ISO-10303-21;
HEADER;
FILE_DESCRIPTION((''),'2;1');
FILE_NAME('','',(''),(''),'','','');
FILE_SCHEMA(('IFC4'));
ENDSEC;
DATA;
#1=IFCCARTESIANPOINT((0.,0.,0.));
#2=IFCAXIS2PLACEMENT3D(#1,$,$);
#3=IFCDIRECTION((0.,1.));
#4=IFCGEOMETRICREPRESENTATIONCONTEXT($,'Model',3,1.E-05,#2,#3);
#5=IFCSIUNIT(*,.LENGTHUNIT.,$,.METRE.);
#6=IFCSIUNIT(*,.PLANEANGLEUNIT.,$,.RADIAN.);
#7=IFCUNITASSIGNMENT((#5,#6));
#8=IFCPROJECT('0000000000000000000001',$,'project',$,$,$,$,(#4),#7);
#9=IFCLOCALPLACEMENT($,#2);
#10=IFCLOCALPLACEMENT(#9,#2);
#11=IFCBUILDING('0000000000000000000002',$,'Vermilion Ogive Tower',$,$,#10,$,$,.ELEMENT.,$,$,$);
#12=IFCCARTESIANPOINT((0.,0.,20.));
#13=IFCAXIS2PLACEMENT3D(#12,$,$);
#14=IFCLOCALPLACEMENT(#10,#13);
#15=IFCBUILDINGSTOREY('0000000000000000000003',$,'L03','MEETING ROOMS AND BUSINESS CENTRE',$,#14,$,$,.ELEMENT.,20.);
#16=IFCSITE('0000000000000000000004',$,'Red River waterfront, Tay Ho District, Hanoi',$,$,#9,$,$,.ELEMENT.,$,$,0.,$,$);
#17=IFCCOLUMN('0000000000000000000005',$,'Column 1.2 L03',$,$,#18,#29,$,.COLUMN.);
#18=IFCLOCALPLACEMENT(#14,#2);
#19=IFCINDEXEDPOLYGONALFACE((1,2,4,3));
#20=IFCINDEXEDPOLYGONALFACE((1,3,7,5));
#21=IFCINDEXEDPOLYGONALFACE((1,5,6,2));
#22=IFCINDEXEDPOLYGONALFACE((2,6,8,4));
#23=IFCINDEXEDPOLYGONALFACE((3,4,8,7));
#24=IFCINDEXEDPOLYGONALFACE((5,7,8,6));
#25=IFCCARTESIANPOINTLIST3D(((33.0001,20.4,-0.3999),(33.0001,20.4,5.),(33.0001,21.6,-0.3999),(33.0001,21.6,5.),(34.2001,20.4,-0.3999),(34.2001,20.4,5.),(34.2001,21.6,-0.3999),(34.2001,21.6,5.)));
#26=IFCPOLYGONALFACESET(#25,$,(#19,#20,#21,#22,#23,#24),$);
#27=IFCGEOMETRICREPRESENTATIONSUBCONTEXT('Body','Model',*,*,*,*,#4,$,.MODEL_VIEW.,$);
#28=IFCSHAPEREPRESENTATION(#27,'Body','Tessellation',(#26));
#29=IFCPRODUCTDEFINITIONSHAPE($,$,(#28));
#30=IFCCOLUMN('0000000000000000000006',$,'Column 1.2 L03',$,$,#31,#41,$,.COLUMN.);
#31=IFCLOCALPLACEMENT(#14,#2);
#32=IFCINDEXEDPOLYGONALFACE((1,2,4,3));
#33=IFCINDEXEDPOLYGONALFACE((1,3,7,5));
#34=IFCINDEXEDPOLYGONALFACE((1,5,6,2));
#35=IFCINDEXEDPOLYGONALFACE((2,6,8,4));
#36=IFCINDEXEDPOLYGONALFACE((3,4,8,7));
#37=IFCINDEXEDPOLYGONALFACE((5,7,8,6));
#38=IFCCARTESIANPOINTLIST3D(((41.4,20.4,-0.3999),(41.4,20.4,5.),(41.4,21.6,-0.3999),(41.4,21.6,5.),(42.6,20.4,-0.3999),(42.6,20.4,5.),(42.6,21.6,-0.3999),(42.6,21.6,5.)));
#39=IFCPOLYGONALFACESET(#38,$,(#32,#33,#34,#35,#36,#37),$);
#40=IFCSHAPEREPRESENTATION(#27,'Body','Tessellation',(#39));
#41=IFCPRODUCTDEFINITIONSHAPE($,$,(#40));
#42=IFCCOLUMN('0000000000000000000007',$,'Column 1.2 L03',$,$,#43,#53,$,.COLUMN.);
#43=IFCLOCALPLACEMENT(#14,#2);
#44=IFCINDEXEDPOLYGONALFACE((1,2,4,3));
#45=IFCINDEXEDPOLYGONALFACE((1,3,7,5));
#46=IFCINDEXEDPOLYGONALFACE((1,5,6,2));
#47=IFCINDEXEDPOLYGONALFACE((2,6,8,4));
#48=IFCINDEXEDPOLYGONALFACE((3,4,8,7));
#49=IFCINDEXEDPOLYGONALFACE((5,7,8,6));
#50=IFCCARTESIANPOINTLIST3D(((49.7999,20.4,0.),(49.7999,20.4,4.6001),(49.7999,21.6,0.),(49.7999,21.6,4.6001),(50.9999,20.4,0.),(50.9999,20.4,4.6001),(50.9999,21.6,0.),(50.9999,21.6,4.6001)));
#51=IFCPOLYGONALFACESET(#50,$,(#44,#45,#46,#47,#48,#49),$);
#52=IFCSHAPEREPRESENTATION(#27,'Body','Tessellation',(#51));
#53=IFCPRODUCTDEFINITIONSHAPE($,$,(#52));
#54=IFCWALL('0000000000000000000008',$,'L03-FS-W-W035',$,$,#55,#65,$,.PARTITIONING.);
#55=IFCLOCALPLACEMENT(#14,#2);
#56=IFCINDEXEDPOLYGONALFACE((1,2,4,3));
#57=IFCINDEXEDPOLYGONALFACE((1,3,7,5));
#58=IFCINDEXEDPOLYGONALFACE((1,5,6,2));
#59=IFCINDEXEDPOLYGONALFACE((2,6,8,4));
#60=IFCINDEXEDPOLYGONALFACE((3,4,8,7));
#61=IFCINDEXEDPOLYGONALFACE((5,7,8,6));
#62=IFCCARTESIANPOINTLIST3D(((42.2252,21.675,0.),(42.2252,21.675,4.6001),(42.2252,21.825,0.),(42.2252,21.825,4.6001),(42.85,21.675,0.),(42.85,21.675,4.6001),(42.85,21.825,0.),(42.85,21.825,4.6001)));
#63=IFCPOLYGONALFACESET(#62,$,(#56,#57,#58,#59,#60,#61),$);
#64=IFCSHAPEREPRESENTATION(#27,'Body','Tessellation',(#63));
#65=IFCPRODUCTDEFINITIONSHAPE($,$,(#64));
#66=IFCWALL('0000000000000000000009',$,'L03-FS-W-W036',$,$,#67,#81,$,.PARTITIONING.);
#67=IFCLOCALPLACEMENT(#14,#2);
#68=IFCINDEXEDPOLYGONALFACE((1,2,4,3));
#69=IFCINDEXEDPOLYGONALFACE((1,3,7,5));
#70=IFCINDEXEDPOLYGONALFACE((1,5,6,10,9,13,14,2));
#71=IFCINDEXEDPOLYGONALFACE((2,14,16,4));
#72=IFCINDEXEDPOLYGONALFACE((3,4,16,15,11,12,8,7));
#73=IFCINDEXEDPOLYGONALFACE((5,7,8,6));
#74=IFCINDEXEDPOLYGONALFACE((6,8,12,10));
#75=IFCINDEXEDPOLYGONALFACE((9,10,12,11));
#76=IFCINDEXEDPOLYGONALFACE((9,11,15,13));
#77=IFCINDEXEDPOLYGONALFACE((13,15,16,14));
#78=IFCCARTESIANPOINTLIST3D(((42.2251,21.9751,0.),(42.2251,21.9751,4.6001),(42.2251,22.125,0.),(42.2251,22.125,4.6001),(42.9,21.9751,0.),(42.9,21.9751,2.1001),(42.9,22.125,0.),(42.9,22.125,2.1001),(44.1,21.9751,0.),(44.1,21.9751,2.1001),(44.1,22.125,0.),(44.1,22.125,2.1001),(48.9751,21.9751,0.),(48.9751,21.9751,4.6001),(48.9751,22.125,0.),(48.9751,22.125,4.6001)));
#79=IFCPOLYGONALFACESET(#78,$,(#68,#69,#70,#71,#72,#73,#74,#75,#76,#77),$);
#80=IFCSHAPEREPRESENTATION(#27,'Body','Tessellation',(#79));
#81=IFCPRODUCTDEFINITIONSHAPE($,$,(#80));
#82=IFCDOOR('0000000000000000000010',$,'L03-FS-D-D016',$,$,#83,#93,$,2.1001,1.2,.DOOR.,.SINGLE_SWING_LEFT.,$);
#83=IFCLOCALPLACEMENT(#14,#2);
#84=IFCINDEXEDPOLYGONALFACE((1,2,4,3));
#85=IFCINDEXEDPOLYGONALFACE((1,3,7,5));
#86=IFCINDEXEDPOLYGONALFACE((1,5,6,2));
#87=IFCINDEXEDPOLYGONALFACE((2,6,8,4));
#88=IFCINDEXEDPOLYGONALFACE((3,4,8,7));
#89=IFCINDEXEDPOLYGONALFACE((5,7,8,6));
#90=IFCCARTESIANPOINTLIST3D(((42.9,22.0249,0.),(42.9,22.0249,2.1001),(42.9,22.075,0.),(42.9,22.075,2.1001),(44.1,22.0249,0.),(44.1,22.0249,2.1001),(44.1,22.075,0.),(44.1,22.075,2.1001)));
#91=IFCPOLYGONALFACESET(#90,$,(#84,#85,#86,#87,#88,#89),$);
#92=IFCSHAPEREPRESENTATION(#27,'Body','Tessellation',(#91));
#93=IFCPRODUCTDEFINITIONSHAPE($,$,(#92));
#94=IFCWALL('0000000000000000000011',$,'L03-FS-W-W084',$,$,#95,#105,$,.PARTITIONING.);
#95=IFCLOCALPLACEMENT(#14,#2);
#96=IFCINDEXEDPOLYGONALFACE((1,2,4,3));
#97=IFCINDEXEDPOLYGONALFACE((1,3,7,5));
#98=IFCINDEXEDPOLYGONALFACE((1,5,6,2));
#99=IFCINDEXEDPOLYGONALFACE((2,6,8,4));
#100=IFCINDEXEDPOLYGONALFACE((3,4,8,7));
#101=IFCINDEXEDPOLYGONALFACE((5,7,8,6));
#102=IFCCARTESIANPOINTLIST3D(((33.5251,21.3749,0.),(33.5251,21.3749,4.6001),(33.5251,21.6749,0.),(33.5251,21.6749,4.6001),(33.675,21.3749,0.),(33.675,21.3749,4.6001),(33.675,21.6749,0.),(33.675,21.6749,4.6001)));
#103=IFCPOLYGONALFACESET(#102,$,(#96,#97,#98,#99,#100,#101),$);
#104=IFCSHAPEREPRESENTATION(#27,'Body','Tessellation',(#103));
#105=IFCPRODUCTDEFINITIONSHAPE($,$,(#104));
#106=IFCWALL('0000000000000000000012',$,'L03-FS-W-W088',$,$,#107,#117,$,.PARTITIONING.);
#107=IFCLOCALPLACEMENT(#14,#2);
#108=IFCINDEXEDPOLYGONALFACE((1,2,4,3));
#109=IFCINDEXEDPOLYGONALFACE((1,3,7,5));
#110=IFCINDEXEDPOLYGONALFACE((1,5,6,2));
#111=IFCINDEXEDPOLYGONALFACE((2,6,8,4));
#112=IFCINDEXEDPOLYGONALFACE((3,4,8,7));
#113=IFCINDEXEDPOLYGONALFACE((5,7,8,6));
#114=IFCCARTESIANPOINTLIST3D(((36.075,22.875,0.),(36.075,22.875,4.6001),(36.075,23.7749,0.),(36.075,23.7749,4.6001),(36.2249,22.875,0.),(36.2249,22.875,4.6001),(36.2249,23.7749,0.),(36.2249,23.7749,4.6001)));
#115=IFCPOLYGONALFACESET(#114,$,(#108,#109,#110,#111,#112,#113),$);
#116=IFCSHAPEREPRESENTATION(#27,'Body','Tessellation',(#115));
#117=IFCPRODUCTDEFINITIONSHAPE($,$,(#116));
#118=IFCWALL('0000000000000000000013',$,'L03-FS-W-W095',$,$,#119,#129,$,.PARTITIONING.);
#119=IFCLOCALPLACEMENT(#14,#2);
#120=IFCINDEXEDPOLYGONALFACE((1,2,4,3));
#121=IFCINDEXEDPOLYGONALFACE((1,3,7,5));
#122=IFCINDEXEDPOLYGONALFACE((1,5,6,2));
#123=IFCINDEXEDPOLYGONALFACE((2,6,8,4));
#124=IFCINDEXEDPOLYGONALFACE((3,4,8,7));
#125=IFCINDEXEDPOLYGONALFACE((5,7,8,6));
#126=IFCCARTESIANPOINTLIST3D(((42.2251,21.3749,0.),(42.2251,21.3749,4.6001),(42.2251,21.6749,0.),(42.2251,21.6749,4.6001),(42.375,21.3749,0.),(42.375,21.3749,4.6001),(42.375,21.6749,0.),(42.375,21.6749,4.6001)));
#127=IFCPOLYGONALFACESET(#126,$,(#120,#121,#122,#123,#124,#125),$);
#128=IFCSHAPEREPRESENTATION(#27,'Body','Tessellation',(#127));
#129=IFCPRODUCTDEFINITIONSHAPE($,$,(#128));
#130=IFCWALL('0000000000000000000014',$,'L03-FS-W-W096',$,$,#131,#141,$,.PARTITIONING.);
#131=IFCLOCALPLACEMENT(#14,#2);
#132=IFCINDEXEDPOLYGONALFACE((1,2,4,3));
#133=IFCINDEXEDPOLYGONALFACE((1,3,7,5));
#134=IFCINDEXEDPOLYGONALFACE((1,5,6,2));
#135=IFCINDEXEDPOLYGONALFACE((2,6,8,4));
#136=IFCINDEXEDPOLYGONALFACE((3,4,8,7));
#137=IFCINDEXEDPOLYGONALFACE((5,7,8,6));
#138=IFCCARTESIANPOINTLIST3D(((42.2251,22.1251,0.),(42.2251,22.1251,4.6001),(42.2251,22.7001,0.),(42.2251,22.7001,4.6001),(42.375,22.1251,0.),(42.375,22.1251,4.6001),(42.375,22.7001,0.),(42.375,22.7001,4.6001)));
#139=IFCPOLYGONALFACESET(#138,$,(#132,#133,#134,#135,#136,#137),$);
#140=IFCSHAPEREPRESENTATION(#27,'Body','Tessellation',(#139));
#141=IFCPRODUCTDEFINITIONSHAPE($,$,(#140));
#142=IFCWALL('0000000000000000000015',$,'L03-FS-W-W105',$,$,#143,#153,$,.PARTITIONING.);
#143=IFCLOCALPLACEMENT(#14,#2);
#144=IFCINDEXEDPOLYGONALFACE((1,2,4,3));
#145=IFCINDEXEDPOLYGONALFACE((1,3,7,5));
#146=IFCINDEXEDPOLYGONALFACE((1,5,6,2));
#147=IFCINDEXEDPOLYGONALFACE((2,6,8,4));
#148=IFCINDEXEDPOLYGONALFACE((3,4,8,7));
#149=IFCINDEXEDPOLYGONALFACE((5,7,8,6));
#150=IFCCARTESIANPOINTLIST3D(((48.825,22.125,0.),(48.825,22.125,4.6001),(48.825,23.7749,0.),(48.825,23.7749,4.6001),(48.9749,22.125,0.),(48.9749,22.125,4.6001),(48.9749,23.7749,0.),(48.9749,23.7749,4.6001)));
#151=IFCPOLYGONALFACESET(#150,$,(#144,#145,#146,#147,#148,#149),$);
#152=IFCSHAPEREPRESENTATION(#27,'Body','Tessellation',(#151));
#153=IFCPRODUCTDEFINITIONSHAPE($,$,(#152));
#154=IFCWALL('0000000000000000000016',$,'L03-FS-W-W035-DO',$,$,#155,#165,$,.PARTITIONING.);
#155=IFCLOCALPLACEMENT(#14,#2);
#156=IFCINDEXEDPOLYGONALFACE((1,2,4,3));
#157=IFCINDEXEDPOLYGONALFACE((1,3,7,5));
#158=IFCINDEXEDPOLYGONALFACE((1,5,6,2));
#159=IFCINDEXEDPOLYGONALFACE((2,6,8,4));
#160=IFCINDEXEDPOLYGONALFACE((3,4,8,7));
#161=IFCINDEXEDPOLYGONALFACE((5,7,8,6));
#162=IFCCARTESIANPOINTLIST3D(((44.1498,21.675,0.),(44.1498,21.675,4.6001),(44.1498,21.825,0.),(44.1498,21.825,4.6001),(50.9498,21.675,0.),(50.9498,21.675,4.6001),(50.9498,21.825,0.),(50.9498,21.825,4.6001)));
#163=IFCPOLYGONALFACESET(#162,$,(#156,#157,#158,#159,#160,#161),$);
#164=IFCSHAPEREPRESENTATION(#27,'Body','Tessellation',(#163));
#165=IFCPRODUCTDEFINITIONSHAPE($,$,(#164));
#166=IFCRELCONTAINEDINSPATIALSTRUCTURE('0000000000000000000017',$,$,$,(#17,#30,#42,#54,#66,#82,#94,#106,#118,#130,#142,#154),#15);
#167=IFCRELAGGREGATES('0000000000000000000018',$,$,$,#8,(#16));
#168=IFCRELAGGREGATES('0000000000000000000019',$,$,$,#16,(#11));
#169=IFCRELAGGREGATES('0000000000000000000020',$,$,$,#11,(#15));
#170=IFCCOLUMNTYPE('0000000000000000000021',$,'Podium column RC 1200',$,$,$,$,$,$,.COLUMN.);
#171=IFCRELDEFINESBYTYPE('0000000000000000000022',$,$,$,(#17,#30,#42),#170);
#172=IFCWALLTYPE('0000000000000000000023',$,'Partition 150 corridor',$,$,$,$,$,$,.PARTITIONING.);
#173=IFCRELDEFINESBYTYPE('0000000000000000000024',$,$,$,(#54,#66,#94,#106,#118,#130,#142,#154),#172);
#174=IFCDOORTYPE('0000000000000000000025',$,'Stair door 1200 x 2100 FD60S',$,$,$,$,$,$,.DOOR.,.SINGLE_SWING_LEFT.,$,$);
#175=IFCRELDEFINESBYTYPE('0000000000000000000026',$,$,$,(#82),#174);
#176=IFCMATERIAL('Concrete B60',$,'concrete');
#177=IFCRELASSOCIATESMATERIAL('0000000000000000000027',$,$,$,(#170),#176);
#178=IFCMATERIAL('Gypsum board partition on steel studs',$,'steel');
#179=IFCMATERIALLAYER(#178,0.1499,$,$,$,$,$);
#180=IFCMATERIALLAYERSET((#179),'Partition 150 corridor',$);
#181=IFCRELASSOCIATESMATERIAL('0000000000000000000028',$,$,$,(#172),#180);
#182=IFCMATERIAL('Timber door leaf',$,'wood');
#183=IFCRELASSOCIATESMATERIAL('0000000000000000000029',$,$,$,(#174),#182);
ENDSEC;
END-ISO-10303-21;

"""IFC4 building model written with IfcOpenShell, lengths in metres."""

from ifc_helpers import new_model, si_unit, direction, frame, frame_2d, origin, origin_2d, place, context, subcontext, project, spatial, rectangle, extrude, material, layer, layer_set, material_profile, profile_set, type_object, element, fill, save


model = new_model("IFC4")

# Units and contexts
model_context = context("Model", 3, precision=1e-05, world=origin(), true_north=direction((0.0, 1.0)))
body_context = subcontext(model_context, "Body", "Model", "MODEL_VIEW")
ifc_project = project(units=[si_unit("LENGTHUNIT", "METRE"), si_unit("PLANEANGLEUNIT", "RADIAN")], contexts=[model_context])

# Site, building, storey
site_placement = place(None, origin())
site = spatial("IfcSite", under=ifc_project, at=site_placement, Name="Red River waterfront, Tay Ho District, Hanoi", CompositionType="ELEMENT", RefElevation=0.0)
building_placement = place(site_placement, origin())
building = spatial("IfcBuilding", under=site, at=building_placement, Name="Vermilion Ogive Tower", CompositionType="ELEMENT")
storey_placement = place(building_placement, frame((0.0, 0.0, 20.0)))
storey = spatial("IfcBuildingStorey", under=building, at=storey_placement, Name="L03", Description="MEETING ROOMS AND BUSINESS CENTRE", CompositionType="ELEMENT", Elevation=20.0)

# Columns
ifc_material_1 = material(Name="Concrete B60", Category="concrete")
ifc_material_profile = material_profile(ifc_material_1, rectangle(XDim=1.2, YDim=1.2, at=origin_2d()), Name="RC 1200x1200")
ifc_profile_set = profile_set([ifc_material_profile], Name="Concrete B60")
column_type = type_object("IfcColumnType", Name="Podium column RC 1200", PredefinedType="COLUMN", material=ifc_profile_set)
for number, where, z_axis, x_axis, name in (
    (1, (33.6001, 21.0, -0.3999), (0.0, 0.0, 1.0), (1.0, 0.0, 0.0), "Column 1.2 L03"),
    (2, (42.0, 21.0, -0.3999), (0.0, 0.0, 1.0), (1.0, 0.0, 0.0), "Column 1.2 L03"),
):
    element("IfcColumn", number, at=place(storey_placement, frame(where, z_axis=z_axis, x_axis=x_axis)), inside=storey, type_object=column_type, Name=name, PredefinedType="COLUMN", context=body_context, shape_type="SweptSolid", body=[
        extrude(rectangle(XDim=1.2, YDim=1.2, at=origin_2d()), origin(), (0.0, 0.0, 1.0), 5.3999),
    ])
column_placement = place(storey_placement, frame((50.3999, 21.0, 0.0), z_axis=(0.0, 0.0, 1.0), x_axis=(1.0, 0.0, 0.0)))
element("IfcColumn", 3, at=column_placement, inside=storey, type_object=column_type, Name="Column 1.2 L03", PredefinedType="COLUMN", context=body_context, shape_type="SweptSolid", body=[
    extrude(rectangle(XDim=1.2, YDim=1.2, at=origin_2d()), origin(), (0.0, 0.0, 1.0), 4.6001),
])

# Wall
ifc_material_2 = material(Name="Gypsum board partition on steel studs", Category="steel")
ifc_layer_1 = layer(ifc_material_2, 0.1499)
ifc_layer_set_1 = layer_set([ifc_layer_1], Name="Partition 150 corridor")
wall_type_1 = type_object("IfcWallType", Name="Partition 150 corridor", PredefinedType="PARTITIONING", material=ifc_layer_set_1)
wall_1_placement = place(storey_placement, frame((42.2251, 21.75, 0.0), z_axis=(0.0, 0.0, 1.0), x_axis=(1.0, 0.0, 0.0)))
element("IfcWall", 4, at=wall_1_placement, inside=storey, type_object=wall_type_1, Name="L03-FS-W-W035", PredefinedType="PARTITIONING", context=body_context, shape_type="SweptSolid", body=[
    extrude(rectangle(XDim=0.6248, YDim=0.1499, at=frame_2d((0.3125, 0.0))), origin(), (0.0, 0.0, 1.0), 4.6001),
])

# Wall, opening, door
wall_2_placement = place(storey_placement, frame((42.2251, 22.05, 0.0), z_axis=(0.0, 0.0, 1.0), x_axis=(1.0, 0.0, 0.0)))
wall_2 = element("IfcWall", 5, at=wall_2_placement, inside=storey, type_object=wall_type_1, Name="L03-FS-W-W036", PredefinedType="PARTITIONING", context=body_context, shape_type="SweptSolid", body=[
    extrude(rectangle(XDim=6.75, YDim=0.1499, at=frame_2d((3.375, 0.0))), origin(), (0.0, 0.0, 1.0), 4.6001),
])
opening_1_placement = place(wall_2_placement, frame((0.6748, 0.0, 0.0)))
opening_1 = element("IfcOpeningElement", 6, at=opening_1_placement, cuts=wall_2, PredefinedType="OPENING", context=body_context, shape_type="SweptSolid", body=[
    extrude(rectangle(XDim=1.2, YDim=2.1001, at=frame_2d((0.6001, 1.05))), frame((0.0, 0.085, 0.0), z_axis=(0.0, -1.0, 0.0), x_axis=(1.0, 0.0, 0.0)), (0.0, 0.0, 1.0), 0.1699),
])
ifc_material_3 = material(Name="Timber door leaf", Category="wood")
door_type = type_object("IfcDoorType", Name="Stair door 1200 x 2100 FD60S", OperationType="SINGLE_SWING_LEFT", PredefinedType="DOOR", material=ifc_material_3)
door_1_placement = place(opening_1_placement, origin())
door_1 = element("IfcDoor", 7, at=door_1_placement, inside=storey, type_object=door_type, Name="L03-FS-D-D016", OperationType="SINGLE_SWING_LEFT", OverallHeight=2.1001, OverallWidth=1.2, PredefinedType="DOOR", context=body_context, shape_type="SweptSolid", body=[
    extrude(rectangle(XDim=1.2, YDim=2.1001, at=frame_2d((0.6001, 1.05))), frame((0.0, 0.0249, 0.0), z_axis=(0.0, -1.0, 0.0), x_axis=(1.0, 0.0, 0.0)), (0.0, 0.0, 1.0), 0.05),
])
fill(opening_1, door_1)

# Walls
wall_3_placement = place(storey_placement, frame((33.6001, 21.375, 0.0), z_axis=(0.0, 0.0, 1.0), x_axis=(0.0, 1.0, 0.0)))
element("IfcWall", 8, at=wall_3_placement, inside=storey, type_object=wall_type_1, Name="L03-FS-W-W084", PredefinedType="PARTITIONING", context=body_context, shape_type="SweptSolid", body=[
    extrude(rectangle(XDim=0.3, YDim=0.1499, at=frame_2d((0.1499, 0.0))), origin(), (0.0, 0.0, 1.0), 4.6001),
])
wall_4_placement = place(storey_placement, frame((36.1499, 22.875, 0.0), z_axis=(0.0, 0.0, 1.0), x_axis=(0.0, 1.0, 0.0)))
element("IfcWall", 9, at=wall_4_placement, inside=storey, type_object=wall_type_1, Name="L03-FS-W-W088", PredefinedType="PARTITIONING", context=body_context, shape_type="SweptSolid", body=[
    extrude(rectangle(XDim=0.8999, YDim=0.1499, at=frame_2d((0.45, 0.0))), origin(), (0.0, 0.0, 1.0), 4.6001),
])
wall_5_placement = place(storey_placement, frame((42.3, 21.375, 0.0), z_axis=(0.0, 0.0, 1.0), x_axis=(0.0, 1.0, 0.0)))
element("IfcWall", 10, at=wall_5_placement, inside=storey, type_object=wall_type_1, Name="L03-FS-W-W095", PredefinedType="PARTITIONING", context=body_context, shape_type="SweptSolid", body=[
    extrude(rectangle(XDim=0.3, YDim=0.1499, at=frame_2d((0.1499, 0.0))), origin(), (0.0, 0.0, 1.0), 4.6001),
])
wall_6_placement = place(storey_placement, frame((42.3, 22.125, 0.0), z_axis=(0.0, 0.0, 1.0), x_axis=(0.0, 1.0, 0.0)))
element("IfcWall", 11, at=wall_6_placement, inside=storey, type_object=wall_type_1, Name="L03-FS-W-W096", PredefinedType="PARTITIONING", context=body_context, shape_type="SweptSolid", body=[
    extrude(rectangle(XDim=0.575, YDim=0.1499, at=frame_2d((0.2876, 0.0))), origin(), (0.0, 0.0, 1.0), 4.6001),
])
wall_7_placement = place(storey_placement, frame((48.8999, 22.125, 0.0), z_axis=(0.0, 0.0, 1.0), x_axis=(0.0, 1.0, 0.0)))
element("IfcWall", 12, at=wall_7_placement, inside=storey, type_object=wall_type_1, Name="L03-FS-W-W105", PredefinedType="PARTITIONING", context=body_context, shape_type="SweptSolid", body=[
    extrude(rectangle(XDim=1.6499, YDim=0.1499, at=frame_2d((0.825, 0.0))), origin(), (0.0, 0.0, 1.0), 4.6001),
])
wall_8_placement = place(storey_placement, frame((44.1499, 21.75, 0.0), z_axis=(0.0, 0.0, 1.0), x_axis=(1.0, 0.0, 0.0)))
element("IfcWall", 13, at=wall_8_placement, inside=storey, type_object=wall_type_1, Name="L03-FS-W-W035-DO", PredefinedType="PARTITIONING", context=body_context, shape_type="SweptSolid", body=[
    extrude(rectangle(XDim=6.8, YDim=0.1499, at=frame_2d((3.3999, 0.0))), origin(), (0.0, 0.0, 1.0), 4.6001),
])

save(model, "model.ifc")
